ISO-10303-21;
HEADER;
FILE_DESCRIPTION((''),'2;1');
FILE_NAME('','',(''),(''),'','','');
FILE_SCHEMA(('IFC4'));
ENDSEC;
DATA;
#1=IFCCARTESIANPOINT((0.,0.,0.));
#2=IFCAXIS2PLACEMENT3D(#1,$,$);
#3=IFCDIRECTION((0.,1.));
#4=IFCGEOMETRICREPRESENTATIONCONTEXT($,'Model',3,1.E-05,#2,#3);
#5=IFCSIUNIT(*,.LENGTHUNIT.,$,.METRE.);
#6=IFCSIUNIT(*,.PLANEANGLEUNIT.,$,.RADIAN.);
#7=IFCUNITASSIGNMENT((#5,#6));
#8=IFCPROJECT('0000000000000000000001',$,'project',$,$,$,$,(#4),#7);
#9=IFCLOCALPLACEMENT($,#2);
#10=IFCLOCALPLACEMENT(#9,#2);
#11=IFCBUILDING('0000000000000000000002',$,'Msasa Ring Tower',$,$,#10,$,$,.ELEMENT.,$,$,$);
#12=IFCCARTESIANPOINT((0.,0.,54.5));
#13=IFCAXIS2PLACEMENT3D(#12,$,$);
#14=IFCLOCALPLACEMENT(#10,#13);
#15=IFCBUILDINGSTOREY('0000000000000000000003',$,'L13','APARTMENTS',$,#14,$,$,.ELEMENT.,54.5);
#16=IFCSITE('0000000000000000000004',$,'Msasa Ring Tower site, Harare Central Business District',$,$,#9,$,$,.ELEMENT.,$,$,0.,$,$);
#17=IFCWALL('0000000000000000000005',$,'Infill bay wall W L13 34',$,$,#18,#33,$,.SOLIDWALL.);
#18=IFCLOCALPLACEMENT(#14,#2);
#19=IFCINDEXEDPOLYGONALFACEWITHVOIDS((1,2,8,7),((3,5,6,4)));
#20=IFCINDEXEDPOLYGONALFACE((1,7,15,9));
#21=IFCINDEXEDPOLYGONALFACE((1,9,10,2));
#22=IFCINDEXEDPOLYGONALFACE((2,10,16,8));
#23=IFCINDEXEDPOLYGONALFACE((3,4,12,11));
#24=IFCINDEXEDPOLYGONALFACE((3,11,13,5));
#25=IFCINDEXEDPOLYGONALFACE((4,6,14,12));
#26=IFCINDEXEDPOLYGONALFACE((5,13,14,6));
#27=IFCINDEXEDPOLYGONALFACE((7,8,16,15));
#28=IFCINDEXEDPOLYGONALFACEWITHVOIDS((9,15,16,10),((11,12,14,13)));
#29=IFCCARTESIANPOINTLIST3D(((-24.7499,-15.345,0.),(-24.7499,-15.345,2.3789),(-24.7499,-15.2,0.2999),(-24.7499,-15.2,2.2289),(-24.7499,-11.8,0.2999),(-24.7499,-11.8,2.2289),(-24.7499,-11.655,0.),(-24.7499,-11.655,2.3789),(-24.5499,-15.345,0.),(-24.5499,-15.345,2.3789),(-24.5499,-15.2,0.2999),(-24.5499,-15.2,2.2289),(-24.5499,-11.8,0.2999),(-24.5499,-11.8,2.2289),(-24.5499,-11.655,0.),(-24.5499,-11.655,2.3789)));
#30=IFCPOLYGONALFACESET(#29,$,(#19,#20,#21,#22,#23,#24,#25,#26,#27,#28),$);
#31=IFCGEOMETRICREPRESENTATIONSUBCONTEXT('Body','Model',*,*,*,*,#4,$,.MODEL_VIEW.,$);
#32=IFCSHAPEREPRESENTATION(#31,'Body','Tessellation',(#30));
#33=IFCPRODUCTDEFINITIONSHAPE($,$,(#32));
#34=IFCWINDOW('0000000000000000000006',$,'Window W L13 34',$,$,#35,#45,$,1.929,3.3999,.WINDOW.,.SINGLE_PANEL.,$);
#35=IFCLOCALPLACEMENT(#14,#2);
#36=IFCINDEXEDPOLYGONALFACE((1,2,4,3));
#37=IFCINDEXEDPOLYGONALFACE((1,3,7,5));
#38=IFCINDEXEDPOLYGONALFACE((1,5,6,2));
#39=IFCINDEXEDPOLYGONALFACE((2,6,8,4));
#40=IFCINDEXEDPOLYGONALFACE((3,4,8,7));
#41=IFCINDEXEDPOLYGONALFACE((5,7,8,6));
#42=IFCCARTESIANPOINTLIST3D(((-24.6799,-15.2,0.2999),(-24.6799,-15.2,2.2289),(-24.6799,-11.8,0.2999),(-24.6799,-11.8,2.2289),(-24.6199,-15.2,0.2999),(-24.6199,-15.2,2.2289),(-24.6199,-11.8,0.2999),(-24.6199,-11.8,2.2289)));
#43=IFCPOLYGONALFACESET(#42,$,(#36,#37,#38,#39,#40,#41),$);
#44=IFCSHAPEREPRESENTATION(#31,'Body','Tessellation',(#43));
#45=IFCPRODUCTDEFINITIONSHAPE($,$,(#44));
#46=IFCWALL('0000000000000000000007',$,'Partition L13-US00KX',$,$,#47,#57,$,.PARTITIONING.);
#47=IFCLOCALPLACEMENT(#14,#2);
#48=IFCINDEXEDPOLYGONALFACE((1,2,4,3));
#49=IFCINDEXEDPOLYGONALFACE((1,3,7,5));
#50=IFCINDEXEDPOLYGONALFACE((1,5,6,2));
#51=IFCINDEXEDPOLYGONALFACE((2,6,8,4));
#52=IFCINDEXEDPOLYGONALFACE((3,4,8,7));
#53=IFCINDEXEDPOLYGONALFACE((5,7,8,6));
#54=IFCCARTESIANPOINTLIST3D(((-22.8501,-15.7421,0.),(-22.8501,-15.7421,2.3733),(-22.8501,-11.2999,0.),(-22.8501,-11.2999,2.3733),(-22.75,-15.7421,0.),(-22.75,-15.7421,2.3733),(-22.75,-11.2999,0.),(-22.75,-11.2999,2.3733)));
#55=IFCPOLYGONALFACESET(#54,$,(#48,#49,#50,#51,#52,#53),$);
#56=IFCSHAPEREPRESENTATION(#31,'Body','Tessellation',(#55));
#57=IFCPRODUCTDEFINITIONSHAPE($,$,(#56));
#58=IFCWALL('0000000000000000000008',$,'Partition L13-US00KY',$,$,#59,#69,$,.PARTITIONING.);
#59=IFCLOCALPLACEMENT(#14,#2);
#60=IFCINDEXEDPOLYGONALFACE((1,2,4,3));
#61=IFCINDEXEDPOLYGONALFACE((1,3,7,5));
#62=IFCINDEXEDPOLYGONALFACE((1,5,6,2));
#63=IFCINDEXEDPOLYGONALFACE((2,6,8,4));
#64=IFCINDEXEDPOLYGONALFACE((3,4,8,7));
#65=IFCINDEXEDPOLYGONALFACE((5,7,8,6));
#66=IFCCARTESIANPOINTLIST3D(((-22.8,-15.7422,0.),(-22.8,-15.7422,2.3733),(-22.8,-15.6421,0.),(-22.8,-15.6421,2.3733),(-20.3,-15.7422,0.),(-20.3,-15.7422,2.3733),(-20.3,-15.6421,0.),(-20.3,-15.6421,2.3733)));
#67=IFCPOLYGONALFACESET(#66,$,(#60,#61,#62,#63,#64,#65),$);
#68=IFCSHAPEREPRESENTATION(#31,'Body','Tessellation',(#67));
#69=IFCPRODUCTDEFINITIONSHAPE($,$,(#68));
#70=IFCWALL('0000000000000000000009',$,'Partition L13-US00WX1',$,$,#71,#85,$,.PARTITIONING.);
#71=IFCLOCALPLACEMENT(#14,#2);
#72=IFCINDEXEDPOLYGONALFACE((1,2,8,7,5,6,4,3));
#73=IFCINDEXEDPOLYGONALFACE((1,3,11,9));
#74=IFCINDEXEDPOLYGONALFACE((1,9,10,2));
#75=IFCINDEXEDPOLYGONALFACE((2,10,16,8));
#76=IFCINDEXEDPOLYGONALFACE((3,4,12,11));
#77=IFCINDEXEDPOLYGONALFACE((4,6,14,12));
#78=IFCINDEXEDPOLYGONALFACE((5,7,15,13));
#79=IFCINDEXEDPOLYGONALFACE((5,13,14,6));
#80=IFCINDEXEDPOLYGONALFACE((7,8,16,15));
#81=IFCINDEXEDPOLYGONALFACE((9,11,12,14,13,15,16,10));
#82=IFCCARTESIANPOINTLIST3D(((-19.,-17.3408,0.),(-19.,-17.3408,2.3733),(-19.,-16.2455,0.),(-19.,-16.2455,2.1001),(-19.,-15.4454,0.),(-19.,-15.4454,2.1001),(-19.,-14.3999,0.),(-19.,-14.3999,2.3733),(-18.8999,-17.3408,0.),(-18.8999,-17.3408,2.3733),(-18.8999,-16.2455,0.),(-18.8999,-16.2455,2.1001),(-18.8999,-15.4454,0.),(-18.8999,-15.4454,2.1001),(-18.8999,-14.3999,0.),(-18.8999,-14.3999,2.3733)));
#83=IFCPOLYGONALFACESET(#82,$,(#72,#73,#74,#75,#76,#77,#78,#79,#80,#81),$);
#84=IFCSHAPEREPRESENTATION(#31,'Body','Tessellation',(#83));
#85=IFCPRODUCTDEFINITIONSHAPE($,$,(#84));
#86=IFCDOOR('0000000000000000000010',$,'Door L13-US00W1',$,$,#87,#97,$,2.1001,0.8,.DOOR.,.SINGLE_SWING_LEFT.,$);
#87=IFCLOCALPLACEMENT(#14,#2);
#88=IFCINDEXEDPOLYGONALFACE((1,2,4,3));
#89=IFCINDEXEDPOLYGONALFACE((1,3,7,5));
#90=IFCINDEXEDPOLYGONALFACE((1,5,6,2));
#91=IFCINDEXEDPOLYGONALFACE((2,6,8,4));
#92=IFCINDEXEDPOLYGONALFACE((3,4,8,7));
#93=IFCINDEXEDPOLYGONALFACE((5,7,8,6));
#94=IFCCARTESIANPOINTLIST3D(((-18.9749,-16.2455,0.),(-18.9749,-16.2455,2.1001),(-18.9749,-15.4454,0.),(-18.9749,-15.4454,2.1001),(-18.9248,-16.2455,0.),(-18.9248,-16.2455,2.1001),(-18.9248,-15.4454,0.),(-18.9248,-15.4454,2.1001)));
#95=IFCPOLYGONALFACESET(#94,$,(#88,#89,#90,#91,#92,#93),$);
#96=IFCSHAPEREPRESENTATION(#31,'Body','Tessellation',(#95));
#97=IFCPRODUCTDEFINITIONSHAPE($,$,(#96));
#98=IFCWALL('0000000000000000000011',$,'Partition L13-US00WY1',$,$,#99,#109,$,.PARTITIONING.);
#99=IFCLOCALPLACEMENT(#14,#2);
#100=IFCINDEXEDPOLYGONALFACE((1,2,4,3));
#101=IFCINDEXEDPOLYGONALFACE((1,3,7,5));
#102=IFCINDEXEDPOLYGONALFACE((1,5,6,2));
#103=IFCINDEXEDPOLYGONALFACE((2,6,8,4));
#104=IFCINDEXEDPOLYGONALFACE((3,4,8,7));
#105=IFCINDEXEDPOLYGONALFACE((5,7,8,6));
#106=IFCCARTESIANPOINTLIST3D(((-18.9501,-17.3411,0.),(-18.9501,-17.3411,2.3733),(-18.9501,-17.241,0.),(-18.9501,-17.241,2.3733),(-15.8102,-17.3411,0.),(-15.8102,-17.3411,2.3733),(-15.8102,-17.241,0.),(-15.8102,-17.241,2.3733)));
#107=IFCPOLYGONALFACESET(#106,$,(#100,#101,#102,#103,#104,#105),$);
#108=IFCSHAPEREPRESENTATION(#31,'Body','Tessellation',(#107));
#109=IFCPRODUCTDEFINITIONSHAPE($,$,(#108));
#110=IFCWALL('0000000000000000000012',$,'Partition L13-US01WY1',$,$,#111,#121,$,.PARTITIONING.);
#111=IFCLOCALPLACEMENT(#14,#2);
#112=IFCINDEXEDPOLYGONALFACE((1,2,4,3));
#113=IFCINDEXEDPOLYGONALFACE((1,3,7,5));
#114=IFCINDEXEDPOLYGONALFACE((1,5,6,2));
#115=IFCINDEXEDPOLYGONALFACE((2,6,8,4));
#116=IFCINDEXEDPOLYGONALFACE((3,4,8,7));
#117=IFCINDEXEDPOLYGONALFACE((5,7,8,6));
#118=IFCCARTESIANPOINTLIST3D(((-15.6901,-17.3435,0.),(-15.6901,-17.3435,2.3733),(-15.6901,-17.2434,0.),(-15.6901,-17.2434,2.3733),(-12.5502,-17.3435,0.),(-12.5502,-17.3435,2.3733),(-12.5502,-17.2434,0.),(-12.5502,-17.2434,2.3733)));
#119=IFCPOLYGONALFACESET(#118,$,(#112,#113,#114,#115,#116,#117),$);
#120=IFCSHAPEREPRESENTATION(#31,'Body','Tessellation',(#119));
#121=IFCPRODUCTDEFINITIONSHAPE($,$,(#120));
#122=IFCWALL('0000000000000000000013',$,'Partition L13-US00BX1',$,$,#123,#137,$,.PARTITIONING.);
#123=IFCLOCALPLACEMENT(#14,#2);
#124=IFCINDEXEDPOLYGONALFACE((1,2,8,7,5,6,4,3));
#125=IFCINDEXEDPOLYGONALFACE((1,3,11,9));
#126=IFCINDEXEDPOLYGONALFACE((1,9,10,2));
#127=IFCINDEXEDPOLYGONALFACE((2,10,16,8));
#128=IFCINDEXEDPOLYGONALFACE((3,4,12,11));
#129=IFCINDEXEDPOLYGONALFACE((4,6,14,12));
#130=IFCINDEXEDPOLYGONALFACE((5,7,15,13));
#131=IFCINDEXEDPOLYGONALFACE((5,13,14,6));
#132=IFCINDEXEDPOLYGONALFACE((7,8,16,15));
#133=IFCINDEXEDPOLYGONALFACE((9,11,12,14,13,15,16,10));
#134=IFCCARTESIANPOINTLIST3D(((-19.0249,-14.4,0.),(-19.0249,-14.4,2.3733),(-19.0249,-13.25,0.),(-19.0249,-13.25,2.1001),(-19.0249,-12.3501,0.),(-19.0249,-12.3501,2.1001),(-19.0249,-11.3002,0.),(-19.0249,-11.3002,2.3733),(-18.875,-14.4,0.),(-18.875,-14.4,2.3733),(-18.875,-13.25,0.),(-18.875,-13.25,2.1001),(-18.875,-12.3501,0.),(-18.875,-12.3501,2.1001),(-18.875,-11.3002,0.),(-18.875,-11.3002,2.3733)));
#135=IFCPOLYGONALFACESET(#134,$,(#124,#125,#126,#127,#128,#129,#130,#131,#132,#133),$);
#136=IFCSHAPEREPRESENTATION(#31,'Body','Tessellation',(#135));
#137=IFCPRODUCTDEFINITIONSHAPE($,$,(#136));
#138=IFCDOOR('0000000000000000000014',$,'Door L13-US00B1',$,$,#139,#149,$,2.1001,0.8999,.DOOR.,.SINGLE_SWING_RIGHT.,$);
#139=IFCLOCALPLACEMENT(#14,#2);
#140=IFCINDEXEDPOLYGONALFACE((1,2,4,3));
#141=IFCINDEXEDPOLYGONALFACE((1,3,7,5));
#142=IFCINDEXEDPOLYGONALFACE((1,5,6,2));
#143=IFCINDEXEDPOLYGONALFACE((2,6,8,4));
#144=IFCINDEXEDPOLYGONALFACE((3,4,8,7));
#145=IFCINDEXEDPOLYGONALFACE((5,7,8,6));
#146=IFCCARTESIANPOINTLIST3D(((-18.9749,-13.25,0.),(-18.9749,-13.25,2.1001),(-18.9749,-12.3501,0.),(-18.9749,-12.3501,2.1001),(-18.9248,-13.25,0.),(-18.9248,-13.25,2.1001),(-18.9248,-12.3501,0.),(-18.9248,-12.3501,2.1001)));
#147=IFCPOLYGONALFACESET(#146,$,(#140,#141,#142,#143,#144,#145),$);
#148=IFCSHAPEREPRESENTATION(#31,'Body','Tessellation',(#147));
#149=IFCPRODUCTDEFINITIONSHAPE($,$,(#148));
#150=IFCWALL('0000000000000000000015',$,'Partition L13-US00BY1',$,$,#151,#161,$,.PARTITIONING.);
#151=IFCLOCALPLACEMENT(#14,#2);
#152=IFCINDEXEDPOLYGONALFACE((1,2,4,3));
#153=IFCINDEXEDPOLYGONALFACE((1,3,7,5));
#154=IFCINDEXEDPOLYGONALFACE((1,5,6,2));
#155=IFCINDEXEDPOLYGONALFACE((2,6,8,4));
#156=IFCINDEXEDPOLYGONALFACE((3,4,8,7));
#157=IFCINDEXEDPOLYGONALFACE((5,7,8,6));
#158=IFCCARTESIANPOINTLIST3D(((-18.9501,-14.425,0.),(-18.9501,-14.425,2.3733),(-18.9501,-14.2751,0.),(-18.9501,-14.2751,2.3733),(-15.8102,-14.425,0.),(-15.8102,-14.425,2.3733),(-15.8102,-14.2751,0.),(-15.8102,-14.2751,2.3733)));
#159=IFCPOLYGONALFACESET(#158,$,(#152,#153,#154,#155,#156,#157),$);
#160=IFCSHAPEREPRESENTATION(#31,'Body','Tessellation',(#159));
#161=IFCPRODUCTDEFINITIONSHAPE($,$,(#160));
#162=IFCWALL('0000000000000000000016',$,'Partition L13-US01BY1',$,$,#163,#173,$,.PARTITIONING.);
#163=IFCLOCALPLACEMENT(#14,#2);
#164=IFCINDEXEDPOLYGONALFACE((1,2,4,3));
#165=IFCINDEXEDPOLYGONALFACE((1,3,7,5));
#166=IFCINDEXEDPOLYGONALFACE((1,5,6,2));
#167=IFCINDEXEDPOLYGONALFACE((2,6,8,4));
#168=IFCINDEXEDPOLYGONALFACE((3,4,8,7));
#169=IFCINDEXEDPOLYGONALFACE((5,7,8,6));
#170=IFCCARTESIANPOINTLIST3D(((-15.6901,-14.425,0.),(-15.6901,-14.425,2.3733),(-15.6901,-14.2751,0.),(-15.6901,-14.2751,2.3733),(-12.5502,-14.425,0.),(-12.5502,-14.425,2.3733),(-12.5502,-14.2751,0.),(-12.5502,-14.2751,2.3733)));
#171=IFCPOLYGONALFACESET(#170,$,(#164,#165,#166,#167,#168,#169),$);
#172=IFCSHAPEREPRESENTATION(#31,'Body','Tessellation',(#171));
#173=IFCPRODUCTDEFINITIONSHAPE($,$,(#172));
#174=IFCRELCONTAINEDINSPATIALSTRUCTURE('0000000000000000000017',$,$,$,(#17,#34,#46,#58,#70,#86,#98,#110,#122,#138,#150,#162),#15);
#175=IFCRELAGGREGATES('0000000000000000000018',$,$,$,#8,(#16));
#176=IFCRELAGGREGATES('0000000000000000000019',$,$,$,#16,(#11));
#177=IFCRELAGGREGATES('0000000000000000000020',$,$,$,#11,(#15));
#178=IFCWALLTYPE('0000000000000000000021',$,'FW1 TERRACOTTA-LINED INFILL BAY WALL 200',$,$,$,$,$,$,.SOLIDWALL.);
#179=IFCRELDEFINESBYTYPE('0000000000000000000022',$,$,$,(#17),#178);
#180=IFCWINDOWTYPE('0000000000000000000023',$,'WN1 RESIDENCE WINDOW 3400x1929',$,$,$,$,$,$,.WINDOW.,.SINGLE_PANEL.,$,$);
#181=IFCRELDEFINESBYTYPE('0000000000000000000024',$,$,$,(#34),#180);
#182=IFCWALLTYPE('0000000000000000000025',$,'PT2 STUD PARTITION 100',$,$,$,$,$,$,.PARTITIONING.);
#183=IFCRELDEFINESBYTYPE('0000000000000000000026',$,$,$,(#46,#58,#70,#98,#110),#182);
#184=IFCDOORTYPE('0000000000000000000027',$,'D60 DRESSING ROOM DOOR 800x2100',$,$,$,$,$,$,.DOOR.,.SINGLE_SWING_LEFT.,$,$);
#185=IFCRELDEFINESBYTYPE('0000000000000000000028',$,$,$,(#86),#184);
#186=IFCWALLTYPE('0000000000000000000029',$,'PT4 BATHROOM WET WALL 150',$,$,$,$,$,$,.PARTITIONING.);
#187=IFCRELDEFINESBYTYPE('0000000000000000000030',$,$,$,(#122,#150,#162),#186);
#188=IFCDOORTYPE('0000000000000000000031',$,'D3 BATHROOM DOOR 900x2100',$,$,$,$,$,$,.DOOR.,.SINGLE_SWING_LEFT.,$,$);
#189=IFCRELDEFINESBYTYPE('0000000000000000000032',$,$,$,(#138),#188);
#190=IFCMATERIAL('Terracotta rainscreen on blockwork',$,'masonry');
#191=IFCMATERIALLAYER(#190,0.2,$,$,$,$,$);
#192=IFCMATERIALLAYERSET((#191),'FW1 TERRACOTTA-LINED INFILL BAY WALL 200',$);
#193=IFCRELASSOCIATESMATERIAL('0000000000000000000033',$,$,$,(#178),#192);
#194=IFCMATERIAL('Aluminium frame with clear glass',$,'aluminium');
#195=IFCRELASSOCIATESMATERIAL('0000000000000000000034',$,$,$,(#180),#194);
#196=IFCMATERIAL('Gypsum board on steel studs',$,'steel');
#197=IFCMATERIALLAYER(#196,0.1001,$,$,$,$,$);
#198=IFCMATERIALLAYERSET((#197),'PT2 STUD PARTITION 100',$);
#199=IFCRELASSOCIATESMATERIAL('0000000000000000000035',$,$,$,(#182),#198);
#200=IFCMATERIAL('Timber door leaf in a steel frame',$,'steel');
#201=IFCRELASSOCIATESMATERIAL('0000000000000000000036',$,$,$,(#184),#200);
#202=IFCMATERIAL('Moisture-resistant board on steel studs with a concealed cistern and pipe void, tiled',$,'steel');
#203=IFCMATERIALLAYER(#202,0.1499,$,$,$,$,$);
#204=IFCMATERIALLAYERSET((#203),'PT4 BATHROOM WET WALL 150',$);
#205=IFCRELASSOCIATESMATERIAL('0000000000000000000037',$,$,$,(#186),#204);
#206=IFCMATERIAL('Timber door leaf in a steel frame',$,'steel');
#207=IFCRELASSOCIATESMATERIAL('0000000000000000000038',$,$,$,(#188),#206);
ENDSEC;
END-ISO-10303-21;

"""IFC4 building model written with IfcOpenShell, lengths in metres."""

from ifc_helpers import new_model, si_unit, direction, frame, frame_2d, origin, place, context, subcontext, project, spatial, rectangle, extrude, material, layer, layer_set, type_object, element, fill, save


model = new_model("IFC4")

# Units and contexts
model_context = context("Model", 3, precision=1e-05, world=origin(), true_north=direction((0.0, 1.0)))
body_context = subcontext(model_context, "Body", "Model", "MODEL_VIEW")
ifc_project = project(units=[si_unit("LENGTHUNIT", "METRE"), si_unit("PLANEANGLEUNIT", "RADIAN")], contexts=[model_context])

# Site, building, storey
site_placement = place(None, origin())
site = spatial("IfcSite", under=ifc_project, at=site_placement, Name="Msasa Ring Tower site, Harare Central Business District", CompositionType="ELEMENT", RefElevation=0.0)
building_placement = place(site_placement, origin())
building = spatial("IfcBuilding", under=site, at=building_placement, Name="Msasa Ring Tower", CompositionType="ELEMENT")
storey_placement = place(building_placement, frame((0.0, 0.0, 54.5)))
storey = spatial("IfcBuildingStorey", under=building, at=storey_placement, Name="L13", Description="APARTMENTS", CompositionType="ELEMENT", Elevation=54.5)

# Wall, opening, window
ifc_material_1 = material(Name="Terracotta rainscreen on blockwork", Category="masonry")
ifc_layer_1 = layer(ifc_material_1, 0.2)
ifc_layer_set_1 = layer_set([ifc_layer_1], Name="FW1 TERRACOTTA-LINED INFILL BAY WALL 200")
wall_type_1 = type_object("IfcWallType", Name="FW1 TERRACOTTA-LINED INFILL BAY WALL 200", PredefinedType="SOLIDWALL", material=ifc_layer_set_1)
ifc_material_2 = material(Name="Aluminium frame with clear glass", Category="aluminium")
window_type = type_object("IfcWindowType", Name="WN1 RESIDENCE WINDOW 3400x1929", PartitioningType="SINGLE_PANEL", PredefinedType="WINDOW", material=ifc_material_2)
wall_1_placement = place(storey_placement, frame((-24.6499, -15.345, 0.0), z_axis=(0.0, 0.0, 1.0), x_axis=(0.0, 1.0, 0.0)))
wall_1 = element("IfcWall", 1, at=wall_1_placement, inside=storey, type_object=wall_type_1, Name="Infill bay wall W L13 34", PredefinedType="SOLIDWALL", context=body_context, shape_type="SweptSolid", body=[
    extrude(rectangle(XDim=3.6899, YDim=0.2, at=frame_2d((1.845, 0.0))), origin(), (0.0, 0.0, 1.0), 2.3789),
])
opening_1_placement = place(wall_1_placement, frame((0.145, 0.0, 0.3)))
opening_1 = element("IfcOpeningElement", 2, at=opening_1_placement, cuts=wall_1, PredefinedType="OPENING", context=body_context, shape_type="SweptSolid", body=[
    extrude(rectangle(XDim=3.3999, YDim=1.929, at=frame_2d((1.7, 0.9644))), frame((0.0, 0.1099, 0.0), z_axis=(0.0, -1.0, 0.0), x_axis=(1.0, 0.0, 0.0)), (0.0, 0.0, 1.0), 0.22),
])
window_1_placement = place(opening_1_placement, origin())
window_1 = element("IfcWindow", 3, at=window_1_placement, inside=storey, type_object=window_type, Name="Window W L13 34", OverallHeight=1.929, OverallWidth=3.3999, PartitioningType="SINGLE_PANEL", PredefinedType="WINDOW", context=body_context, shape_type="SweptSolid", body=[
    extrude(rectangle(XDim=3.3999, YDim=1.929, at=frame_2d((1.7, 0.9644))), frame((0.0, 0.03, 0.0), z_axis=(0.0, -1.0, 0.0), x_axis=(1.0, 0.0, 0.0)), (0.0, 0.0, 1.0), 0.0601),
])
fill(opening_1, window_1)

# Walls
ifc_material_3 = material(Name="Gypsum board on steel studs", Category="steel")
ifc_layer_2 = layer(ifc_material_3, 0.1001)
ifc_layer_set_2 = layer_set([ifc_layer_2], Name="PT2 STUD PARTITION 100")
wall_type_2 = type_object("IfcWallType", Name="PT2 STUD PARTITION 100", PredefinedType="PARTITIONING", material=ifc_layer_set_2)
wall_2_placement = place(storey_placement, frame((-22.8, -15.7422, 0.0), z_axis=(0.0, 0.0, 1.0), x_axis=(0.0, 1.0, 0.0)))
element("IfcWall", 4, at=wall_2_placement, inside=storey, type_object=wall_type_2, Name="Partition L13-US00KX", PredefinedType="PARTITIONING", context=body_context, shape_type="SweptSolid", body=[
    extrude(rectangle(XDim=4.4421, YDim=0.1001, at=frame_2d((2.2212, 0.0))), origin(), (0.0, 0.0, 1.0), 2.3733),
])
wall_3_placement = place(storey_placement, frame((-22.8, -15.6921, 0.0), z_axis=(0.0, 0.0, 1.0), x_axis=(1.0, 0.0, 0.0)))
element("IfcWall", 5, at=wall_3_placement, inside=storey, type_object=wall_type_2, Name="Partition L13-US00KY", PredefinedType="PARTITIONING", context=body_context, shape_type="SweptSolid", body=[
    extrude(rectangle(XDim=2.5, YDim=0.1001, at=frame_2d((1.25, 0.0))), origin(), (0.0, 0.0, 1.0), 2.3733),
])

# Wall, opening, door
wall_4_placement = place(storey_placement, frame((-18.95, -17.3408, 0.0), z_axis=(0.0, 0.0, 1.0), x_axis=(0.0, 1.0, 0.0)))
wall_4 = element("IfcWall", 6, at=wall_4_placement, inside=storey, type_object=wall_type_2, Name="Partition L13-US00WX1", PredefinedType="PARTITIONING", context=body_context, shape_type="SweptSolid", body=[
    extrude(rectangle(XDim=2.9409, YDim=0.1001, at=frame_2d((1.4705, 0.0))), origin(), (0.0, 0.0, 1.0), 2.3733),
])
opening_2_placement = place(wall_4_placement, frame((1.0955, 0.0, 0.0)))
opening_2 = element("IfcOpeningElement", 7, at=opening_2_placement, cuts=wall_4, PredefinedType="OPENING", context=body_context, shape_type="SweptSolid", body=[
    extrude(rectangle(XDim=0.8, YDim=2.1001, at=frame_2d((0.3999, 1.05))), frame((0.0, 0.0601, 0.0), z_axis=(0.0, -1.0, 0.0), x_axis=(1.0, 0.0, 0.0)), (0.0, 0.0, 1.0), 0.1201),
])
ifc_material_4 = material(Name="Timber door leaf in a steel frame", Category="steel")
door_type_1 = type_object("IfcDoorType", Name="D60 DRESSING ROOM DOOR 800x2100", OperationType="SINGLE_SWING_LEFT", PredefinedType="DOOR", material=ifc_material_4)
door_1_placement = place(opening_2_placement, origin())
door_1 = element("IfcDoor", 8, at=door_1_placement, inside=storey, type_object=door_type_1, Name="Door L13-US00W1", OperationType="SINGLE_SWING_LEFT", OverallHeight=2.1001, OverallWidth=0.8, PredefinedType="DOOR", context=body_context, shape_type="SweptSolid", body=[
    extrude(rectangle(XDim=0.8, YDim=2.1001, at=frame_2d((0.3999, 1.05))), frame((0.0, 0.0249, 0.0), z_axis=(0.0, -1.0, 0.0), x_axis=(1.0, 0.0, 0.0)), (0.0, 0.0, 1.0), 0.05),
])
fill(opening_2, door_1)

# Walls
for number, where, z_axis, x_axis, name in (
    (9, (-18.95, -17.291, 0.0), (0.0, 0.0, 1.0), (1.0, 0.0, 0.0), "Partition L13-US00WY1"),
    (10, (-15.6899, -17.2935, 0.0), (0.0, 0.0, 1.0), (1.0, 0.0, 0.0), "Partition L13-US01WY1"),
):
    element("IfcWall", number, at=place(storey_placement, frame(where, z_axis=z_axis, x_axis=x_axis)), inside=storey, type_object=wall_type_2, Name=name, PredefinedType="PARTITIONING", context=body_context, shape_type="SweptSolid", body=[
        extrude(rectangle(XDim=3.1399, YDim=0.1001, at=frame_2d((1.5698, 0.0))), origin(), (0.0, 0.0, 1.0), 2.3733),
    ])

# Wall, opening, door
ifc_material_5 = material(Name="Moisture-resistant board on steel studs with a concealed cistern and pipe void, tiled", Category="steel")
ifc_layer_3 = layer(ifc_material_5, 0.1499)
ifc_layer_set_3 = layer_set([ifc_layer_3], Name="PT4 BATHROOM WET WALL 150")
wall_type_3 = type_object("IfcWallType", Name="PT4 BATHROOM WET WALL 150", PredefinedType="PARTITIONING", material=ifc_layer_set_3)
wall_5_placement = place(storey_placement, frame((-18.95, -14.3999, 0.0), z_axis=(0.0, 0.0, 1.0), x_axis=(0.0, 1.0, 0.0)))
wall_5 = element("IfcWall", 11, at=wall_5_placement, inside=storey, type_object=wall_type_3, Name="Partition L13-US00BX1", PredefinedType="PARTITIONING", context=body_context, shape_type="SweptSolid", body=[
    extrude(rectangle(XDim=3.0999, YDim=0.1499, at=frame_2d((1.5498, 0.0))), origin(), (0.0, 0.0, 1.0), 2.3733),
])
opening_3_placement = place(wall_5_placement, frame((1.1499, 0.0, 0.0)))
opening_3 = element("IfcOpeningElement", 12, at=opening_3_placement, cuts=wall_5, PredefinedType="OPENING", context=body_context, shape_type="SweptSolid", body=[
    extrude(rectangle(XDim=0.8999, YDim=2.1001, at=frame_2d((0.45, 1.05))), frame((0.0, 0.085, 0.0), z_axis=(0.0, -1.0, 0.0), x_axis=(1.0, 0.0, 0.0)), (0.0, 0.0, 1.0), 0.1699),
])
ifc_material_6 = material(Name="Timber door leaf in a steel frame", Category="steel")
door_type_2 = type_object("IfcDoorType", Name="D3 BATHROOM DOOR 900x2100", OperationType="SINGLE_SWING_LEFT", PredefinedType="DOOR", material=ifc_material_6)
door_2_placement = place(opening_3_placement, origin())
door_2 = element("IfcDoor", 13, at=door_2_placement, inside=storey, type_object=door_type_2, Name="Door L13-US00B1", OperationType="SINGLE_SWING_RIGHT", OverallHeight=2.1001, OverallWidth=0.8999, PredefinedType="DOOR", context=body_context, shape_type="SweptSolid", body=[
    extrude(rectangle(XDim=0.8999, YDim=2.1001, at=frame_2d((0.45, 1.05))), frame((0.0, 0.0249, 0.0), z_axis=(0.0, -1.0, 0.0), x_axis=(1.0, 0.0, 0.0)), (0.0, 0.0, 1.0), 0.05),
])
fill(opening_3, door_2)

# Walls
for number, where, z_axis, x_axis, name in (
    (14, (-18.95, -14.3501, 0.0), (0.0, 0.0, 1.0), (1.0, 0.0, 0.0), "Partition L13-US00BY1"),
    (15, (-15.6899, -14.3501, 0.0), (0.0, 0.0, 1.0), (1.0, 0.0, 0.0), "Partition L13-US01BY1"),
):
    element("IfcWall", number, at=place(storey_placement, frame(where, z_axis=z_axis, x_axis=x_axis)), inside=storey, type_object=wall_type_3, Name=name, PredefinedType="PARTITIONING", context=body_context, shape_type="SweptSolid", body=[
        extrude(rectangle(XDim=3.1399, YDim=0.1499, at=frame_2d((1.5698, 0.0))), origin(), (0.0, 0.0, 1.0), 2.3733),
    ])

save(model, "model.ifc")
